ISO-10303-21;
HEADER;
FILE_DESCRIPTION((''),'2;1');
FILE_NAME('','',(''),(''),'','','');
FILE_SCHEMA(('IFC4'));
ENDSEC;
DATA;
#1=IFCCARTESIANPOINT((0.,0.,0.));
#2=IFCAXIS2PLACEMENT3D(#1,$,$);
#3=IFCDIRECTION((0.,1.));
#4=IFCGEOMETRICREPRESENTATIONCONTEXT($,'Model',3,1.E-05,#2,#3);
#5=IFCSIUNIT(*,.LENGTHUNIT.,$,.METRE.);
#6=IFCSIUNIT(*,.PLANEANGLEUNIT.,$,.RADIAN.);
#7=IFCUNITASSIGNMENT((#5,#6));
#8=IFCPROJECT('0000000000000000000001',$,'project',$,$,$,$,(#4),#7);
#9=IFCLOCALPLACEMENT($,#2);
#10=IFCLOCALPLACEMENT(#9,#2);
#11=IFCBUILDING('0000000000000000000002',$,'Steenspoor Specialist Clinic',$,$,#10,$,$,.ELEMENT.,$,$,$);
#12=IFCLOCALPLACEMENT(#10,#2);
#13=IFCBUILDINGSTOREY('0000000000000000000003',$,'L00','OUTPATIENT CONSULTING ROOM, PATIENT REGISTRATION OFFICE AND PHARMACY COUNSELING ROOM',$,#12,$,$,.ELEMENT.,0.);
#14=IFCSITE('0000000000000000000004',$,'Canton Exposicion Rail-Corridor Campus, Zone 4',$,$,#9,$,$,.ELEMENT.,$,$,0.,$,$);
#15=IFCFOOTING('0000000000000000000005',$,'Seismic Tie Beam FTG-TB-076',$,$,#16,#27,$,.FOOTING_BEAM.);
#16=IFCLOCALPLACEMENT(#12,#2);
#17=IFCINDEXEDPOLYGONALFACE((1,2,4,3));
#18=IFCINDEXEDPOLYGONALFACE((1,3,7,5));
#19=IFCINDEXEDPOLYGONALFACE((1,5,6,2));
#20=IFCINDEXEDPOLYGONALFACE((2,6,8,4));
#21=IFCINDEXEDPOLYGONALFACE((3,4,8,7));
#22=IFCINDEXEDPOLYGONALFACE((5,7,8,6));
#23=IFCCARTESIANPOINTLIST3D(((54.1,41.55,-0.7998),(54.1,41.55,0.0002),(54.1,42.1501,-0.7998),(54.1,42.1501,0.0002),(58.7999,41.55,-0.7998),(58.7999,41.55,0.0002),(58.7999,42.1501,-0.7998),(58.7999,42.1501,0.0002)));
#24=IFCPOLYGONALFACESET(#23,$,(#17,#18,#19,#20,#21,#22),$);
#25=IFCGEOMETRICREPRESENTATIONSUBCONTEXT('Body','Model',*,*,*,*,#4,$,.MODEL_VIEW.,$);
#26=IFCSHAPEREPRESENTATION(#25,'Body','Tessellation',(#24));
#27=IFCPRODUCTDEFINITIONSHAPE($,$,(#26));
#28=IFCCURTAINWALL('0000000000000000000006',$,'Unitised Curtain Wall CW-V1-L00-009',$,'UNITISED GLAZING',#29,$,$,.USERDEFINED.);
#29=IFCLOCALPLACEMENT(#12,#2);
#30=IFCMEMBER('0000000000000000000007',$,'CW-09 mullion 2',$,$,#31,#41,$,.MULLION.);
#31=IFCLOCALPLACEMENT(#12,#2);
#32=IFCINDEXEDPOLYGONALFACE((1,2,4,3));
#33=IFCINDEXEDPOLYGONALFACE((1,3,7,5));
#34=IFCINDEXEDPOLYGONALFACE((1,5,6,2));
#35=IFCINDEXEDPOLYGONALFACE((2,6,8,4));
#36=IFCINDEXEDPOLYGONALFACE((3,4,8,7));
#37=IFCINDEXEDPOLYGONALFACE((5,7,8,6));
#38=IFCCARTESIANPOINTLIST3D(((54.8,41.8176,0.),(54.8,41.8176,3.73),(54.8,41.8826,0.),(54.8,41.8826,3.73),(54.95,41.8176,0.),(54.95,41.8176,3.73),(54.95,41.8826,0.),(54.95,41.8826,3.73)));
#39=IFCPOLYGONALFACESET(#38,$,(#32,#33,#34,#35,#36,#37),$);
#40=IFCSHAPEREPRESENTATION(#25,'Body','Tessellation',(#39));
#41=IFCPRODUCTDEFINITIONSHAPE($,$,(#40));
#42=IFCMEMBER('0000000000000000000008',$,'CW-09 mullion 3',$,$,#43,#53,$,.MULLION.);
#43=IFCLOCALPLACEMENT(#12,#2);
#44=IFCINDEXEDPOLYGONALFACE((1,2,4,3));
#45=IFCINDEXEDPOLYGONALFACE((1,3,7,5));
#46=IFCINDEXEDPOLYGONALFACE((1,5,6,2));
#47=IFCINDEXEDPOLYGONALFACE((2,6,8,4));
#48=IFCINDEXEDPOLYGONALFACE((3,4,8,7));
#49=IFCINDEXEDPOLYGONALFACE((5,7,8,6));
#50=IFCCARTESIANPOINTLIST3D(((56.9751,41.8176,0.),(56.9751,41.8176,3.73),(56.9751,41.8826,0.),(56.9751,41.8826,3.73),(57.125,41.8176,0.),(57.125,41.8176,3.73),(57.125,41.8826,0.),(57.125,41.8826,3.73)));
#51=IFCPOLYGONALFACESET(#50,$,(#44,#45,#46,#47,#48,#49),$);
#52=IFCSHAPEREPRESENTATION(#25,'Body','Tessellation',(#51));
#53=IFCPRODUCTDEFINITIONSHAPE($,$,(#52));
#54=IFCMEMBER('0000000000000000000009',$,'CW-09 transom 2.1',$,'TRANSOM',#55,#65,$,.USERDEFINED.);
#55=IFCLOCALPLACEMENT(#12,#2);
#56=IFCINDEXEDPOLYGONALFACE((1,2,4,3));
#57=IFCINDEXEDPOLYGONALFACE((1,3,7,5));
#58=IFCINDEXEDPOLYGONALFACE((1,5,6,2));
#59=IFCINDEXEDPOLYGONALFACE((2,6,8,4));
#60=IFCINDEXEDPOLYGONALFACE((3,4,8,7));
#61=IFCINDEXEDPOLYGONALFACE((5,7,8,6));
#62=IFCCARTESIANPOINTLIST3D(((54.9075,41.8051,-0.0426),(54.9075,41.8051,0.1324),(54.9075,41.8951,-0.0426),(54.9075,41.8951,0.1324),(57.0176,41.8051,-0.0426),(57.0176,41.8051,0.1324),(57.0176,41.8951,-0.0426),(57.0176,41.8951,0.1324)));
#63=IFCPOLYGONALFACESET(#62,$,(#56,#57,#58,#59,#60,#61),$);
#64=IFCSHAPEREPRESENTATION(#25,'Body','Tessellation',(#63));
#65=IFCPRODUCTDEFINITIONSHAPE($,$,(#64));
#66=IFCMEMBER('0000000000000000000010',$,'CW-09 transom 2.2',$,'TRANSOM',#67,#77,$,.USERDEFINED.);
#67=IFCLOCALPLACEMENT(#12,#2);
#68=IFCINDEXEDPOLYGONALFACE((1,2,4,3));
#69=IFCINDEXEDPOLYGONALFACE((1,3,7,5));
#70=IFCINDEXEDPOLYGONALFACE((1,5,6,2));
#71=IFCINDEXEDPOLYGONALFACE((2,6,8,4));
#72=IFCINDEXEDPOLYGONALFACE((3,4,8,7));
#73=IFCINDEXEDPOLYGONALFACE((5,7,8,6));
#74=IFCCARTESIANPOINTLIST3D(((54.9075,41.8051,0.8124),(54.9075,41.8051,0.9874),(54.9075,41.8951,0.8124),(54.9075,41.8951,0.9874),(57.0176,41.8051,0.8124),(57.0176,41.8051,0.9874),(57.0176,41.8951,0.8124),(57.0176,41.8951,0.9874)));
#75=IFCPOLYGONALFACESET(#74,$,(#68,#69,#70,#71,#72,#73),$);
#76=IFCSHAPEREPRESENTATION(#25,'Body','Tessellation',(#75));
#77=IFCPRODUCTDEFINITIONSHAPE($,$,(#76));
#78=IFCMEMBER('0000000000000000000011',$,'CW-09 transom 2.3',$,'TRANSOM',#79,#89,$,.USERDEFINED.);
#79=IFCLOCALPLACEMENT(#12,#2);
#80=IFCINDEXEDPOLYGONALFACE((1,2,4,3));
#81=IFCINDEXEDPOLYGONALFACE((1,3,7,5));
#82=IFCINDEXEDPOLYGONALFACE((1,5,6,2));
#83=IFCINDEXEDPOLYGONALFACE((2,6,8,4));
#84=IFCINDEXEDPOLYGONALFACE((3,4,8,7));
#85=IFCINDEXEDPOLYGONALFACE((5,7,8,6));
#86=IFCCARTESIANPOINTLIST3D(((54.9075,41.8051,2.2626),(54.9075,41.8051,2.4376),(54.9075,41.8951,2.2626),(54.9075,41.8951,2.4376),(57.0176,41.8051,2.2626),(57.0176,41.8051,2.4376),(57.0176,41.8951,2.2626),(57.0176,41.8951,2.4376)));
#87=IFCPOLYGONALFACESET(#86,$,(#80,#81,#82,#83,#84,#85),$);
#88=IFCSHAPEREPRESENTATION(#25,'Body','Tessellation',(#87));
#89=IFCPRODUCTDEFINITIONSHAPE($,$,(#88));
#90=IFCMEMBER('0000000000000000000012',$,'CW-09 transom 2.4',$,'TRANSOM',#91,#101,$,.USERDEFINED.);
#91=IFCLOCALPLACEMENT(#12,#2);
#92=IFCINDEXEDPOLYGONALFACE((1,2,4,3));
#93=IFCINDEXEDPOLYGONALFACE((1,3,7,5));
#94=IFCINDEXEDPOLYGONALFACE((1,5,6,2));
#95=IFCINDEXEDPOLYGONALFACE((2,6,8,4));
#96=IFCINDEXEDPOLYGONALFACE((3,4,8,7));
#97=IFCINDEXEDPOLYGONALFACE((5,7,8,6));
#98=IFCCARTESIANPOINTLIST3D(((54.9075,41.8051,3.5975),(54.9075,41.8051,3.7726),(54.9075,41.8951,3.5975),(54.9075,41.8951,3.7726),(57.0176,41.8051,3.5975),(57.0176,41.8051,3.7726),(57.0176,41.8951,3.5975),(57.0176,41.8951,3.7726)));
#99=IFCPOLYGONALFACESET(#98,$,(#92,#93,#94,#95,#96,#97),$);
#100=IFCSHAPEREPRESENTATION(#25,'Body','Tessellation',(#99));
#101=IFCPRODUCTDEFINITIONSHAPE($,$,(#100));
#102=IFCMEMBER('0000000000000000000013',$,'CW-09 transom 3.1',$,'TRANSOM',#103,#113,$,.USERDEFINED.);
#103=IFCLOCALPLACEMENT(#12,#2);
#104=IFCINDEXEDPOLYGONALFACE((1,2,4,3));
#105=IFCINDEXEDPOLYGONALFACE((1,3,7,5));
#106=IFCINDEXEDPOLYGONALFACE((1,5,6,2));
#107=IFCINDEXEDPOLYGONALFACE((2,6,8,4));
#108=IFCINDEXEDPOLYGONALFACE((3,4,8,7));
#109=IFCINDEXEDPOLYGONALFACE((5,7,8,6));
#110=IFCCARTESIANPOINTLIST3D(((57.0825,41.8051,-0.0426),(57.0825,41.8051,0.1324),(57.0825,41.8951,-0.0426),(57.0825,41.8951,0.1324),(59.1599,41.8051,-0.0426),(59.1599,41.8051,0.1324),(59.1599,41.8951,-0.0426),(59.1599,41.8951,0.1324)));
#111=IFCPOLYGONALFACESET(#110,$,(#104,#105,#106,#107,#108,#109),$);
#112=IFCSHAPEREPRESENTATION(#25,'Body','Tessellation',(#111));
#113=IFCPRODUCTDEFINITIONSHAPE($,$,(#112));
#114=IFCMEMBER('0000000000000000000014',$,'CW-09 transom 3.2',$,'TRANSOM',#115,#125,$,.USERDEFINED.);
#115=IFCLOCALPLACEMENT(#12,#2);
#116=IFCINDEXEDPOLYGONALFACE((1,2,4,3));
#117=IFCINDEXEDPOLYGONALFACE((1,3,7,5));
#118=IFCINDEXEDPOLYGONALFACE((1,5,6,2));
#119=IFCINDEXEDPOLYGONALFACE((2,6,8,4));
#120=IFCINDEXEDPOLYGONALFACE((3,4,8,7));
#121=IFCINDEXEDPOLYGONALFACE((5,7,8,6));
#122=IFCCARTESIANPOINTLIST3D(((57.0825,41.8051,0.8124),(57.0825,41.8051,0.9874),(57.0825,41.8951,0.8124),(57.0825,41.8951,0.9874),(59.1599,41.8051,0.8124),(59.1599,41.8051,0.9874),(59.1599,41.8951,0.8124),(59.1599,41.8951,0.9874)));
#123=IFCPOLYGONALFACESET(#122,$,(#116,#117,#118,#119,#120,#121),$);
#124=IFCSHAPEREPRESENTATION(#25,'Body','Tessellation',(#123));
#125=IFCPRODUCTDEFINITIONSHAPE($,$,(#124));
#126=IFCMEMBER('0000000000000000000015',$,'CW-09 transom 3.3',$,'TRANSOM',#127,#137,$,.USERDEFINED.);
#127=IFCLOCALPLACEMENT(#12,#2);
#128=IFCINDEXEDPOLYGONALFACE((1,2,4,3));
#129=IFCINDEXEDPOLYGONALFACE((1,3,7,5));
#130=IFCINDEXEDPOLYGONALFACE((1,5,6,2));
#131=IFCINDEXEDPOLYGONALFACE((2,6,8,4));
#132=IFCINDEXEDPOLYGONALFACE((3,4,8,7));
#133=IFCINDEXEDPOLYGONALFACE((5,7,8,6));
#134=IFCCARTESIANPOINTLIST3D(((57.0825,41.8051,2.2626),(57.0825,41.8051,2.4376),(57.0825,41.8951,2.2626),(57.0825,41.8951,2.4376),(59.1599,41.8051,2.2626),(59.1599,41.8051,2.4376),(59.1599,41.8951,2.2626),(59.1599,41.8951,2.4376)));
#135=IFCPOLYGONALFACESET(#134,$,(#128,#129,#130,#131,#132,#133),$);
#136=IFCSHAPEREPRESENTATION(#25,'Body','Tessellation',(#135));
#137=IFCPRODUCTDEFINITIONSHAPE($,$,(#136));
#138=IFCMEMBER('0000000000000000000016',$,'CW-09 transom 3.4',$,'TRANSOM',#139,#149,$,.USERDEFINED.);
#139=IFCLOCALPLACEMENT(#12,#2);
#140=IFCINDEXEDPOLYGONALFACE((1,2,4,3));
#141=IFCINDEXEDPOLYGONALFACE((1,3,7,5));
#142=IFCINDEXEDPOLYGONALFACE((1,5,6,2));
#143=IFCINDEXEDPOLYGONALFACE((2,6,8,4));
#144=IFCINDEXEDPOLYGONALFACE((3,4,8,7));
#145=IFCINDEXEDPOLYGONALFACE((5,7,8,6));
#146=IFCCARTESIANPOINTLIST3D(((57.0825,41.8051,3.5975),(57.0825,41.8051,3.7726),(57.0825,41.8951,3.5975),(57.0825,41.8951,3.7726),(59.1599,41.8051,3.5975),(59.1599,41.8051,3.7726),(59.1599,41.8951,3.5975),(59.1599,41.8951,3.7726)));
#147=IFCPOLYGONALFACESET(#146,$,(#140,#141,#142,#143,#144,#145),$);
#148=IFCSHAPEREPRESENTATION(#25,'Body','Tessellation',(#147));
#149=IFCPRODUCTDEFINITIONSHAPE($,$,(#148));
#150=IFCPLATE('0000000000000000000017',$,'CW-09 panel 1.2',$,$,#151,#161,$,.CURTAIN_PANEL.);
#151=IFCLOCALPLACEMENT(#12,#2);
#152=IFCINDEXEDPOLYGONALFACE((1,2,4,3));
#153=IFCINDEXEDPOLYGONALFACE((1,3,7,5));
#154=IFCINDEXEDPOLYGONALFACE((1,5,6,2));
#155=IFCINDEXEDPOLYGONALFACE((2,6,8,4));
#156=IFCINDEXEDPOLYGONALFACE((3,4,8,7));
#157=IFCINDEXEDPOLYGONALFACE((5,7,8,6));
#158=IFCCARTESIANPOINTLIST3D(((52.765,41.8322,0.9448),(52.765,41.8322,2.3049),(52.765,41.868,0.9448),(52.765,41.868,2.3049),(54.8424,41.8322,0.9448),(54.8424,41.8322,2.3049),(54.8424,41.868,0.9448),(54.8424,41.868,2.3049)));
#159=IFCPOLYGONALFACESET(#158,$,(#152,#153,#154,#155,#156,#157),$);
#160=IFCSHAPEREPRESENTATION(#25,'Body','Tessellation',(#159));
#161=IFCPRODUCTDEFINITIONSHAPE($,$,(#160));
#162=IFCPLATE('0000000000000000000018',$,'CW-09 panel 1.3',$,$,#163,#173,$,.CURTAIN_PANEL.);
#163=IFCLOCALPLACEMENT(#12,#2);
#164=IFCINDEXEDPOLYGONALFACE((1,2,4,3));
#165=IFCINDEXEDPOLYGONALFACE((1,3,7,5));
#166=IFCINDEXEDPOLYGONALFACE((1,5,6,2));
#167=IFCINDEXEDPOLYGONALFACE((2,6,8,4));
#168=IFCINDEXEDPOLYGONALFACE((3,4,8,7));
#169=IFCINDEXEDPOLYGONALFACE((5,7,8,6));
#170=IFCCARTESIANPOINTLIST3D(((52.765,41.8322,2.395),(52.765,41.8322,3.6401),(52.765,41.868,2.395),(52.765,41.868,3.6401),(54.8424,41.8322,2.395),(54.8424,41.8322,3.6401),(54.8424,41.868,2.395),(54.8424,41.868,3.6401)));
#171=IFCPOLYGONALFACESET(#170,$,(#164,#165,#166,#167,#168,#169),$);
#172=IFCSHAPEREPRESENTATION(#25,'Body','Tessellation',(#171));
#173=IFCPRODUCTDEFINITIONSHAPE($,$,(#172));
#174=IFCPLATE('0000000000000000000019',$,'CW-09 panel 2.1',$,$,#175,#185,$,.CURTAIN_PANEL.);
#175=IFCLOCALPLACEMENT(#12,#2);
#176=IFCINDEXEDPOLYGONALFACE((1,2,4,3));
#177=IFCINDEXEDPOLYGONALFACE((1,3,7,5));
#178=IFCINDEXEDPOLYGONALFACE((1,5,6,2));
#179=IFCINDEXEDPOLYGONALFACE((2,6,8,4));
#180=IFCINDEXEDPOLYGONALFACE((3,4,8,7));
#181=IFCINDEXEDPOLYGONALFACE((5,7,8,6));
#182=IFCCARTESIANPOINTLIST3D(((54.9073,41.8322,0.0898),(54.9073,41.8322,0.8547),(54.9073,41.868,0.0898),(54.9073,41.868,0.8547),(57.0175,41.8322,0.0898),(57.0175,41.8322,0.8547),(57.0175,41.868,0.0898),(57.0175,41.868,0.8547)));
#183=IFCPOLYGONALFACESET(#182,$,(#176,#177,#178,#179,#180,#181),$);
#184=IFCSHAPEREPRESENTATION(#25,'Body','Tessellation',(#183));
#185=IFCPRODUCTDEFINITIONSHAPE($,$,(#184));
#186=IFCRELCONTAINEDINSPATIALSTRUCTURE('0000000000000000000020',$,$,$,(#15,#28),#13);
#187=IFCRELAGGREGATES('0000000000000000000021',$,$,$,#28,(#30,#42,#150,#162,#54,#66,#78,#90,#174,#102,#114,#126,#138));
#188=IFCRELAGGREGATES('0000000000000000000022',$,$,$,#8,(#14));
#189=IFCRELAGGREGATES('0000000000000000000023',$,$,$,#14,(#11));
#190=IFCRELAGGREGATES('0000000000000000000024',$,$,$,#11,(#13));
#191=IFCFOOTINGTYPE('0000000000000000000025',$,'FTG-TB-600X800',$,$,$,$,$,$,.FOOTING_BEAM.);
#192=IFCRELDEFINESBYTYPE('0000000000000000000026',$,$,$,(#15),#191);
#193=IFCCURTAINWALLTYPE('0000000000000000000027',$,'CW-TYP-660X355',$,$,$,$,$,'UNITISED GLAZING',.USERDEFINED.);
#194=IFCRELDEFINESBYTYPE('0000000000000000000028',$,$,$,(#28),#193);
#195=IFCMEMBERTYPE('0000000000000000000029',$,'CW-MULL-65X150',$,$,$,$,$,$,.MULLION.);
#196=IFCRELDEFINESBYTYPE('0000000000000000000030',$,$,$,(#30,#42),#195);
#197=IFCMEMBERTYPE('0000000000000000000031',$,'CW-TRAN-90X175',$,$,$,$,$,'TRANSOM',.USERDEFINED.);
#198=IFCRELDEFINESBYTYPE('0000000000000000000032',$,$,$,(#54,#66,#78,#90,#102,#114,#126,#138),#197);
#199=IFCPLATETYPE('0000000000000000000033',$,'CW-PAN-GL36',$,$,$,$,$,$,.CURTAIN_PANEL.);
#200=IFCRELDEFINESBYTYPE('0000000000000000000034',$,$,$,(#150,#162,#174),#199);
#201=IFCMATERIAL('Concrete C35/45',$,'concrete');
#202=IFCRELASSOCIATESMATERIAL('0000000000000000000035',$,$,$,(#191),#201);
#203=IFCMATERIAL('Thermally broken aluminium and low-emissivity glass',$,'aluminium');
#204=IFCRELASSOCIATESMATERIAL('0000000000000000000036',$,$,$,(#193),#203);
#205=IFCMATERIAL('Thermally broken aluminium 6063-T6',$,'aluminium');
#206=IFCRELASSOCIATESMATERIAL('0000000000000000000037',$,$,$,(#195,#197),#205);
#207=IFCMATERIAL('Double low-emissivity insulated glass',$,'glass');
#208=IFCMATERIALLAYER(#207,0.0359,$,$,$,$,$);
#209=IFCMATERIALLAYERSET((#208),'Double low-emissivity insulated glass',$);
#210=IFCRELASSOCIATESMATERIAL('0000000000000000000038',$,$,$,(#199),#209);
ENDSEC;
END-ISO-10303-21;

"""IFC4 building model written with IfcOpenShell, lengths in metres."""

from ifc_helpers import new_model, si_unit, direction, frame, origin, origin_2d, place, context, subcontext, project, spatial, rectangle, extrude, material, layer, layer_set, material_profile, profile_set, type_object, element, aggregate, save


model = new_model("IFC4")

# Units and contexts
model_context = context("Model", 3, precision=1e-05, world=origin(), true_north=direction((0.0, 1.0)))
body_context = subcontext(model_context, "Body", "Model", "MODEL_VIEW")
ifc_project = project(units=[si_unit("LENGTHUNIT", "METRE"), si_unit("PLANEANGLEUNIT", "RADIAN")], contexts=[model_context])

# Site, building, storey
site_placement = place(None, origin())
site = spatial("IfcSite", under=ifc_project, at=site_placement, Name="Canton Exposicion Rail-Corridor Campus, Zone 4", CompositionType="ELEMENT", RefElevation=0.0)
building_placement = place(site_placement, origin())
building = spatial("IfcBuilding", under=site, at=building_placement, Name="Steenspoor Specialist Clinic", CompositionType="ELEMENT")
storey_placement = place(building_placement, origin())
storey = spatial("IfcBuildingStorey", under=building, at=storey_placement, Name="L00", Description="OUTPATIENT CONSULTING ROOM, PATIENT REGISTRATION OFFICE AND PHARMACY COUNSELING ROOM", CompositionType="ELEMENT", Elevation=0.0)

# Footing
ifc_material_1 = material(Name="Concrete C35/45", Category="concrete")
footing_type = type_object("IfcFootingType", Name="FTG-TB-600X800", PredefinedType="FOOTING_BEAM", material=ifc_material_1)
footing_placement = place(storey_placement, frame((56.45, 41.8501, -0.7998), z_axis=(0.0, 0.0, 1.0), x_axis=(1.0, 0.0, 0.0)))
element("IfcFooting", 1, at=footing_placement, inside=storey, type_object=footing_type, Name="Seismic Tie Beam FTG-TB-076", PredefinedType="FOOTING_BEAM", context=body_context, shape_type="SweptSolid", body=[
    extrude(rectangle(XDim=4.7, YDim=0.6001, at=origin_2d()), origin(), (0.0, 0.0, 1.0), 0.8),
])

# Curtain wall, members, plates
ifc_material_2 = material(Name="Thermally broken aluminium and low-emissivity glass", Category="aluminium")
curtain_wall_type = type_object("IfcCurtainWallType", Name="CW-TYP-660X355", ElementType="UNITISED GLAZING", PredefinedType="USERDEFINED", material=ifc_material_2)
curtain_wall_placement = place(storey_placement, origin())
curtain_wall = element("IfcCurtainWall", 2, at=curtain_wall_placement, inside=storey, type_object=curtain_wall_type, Name="Unitised Curtain Wall CW-V1-L00-009", ObjectType="UNITISED GLAZING", PredefinedType="USERDEFINED")
ifc_material_3 = material(Name="Thermally broken aluminium 6063-T6", Category="aluminium")
ifc_material_profile_1 = material_profile(ifc_material_3, rectangle(XDim=0.0649, YDim=0.1499, at=origin_2d()), Name="CWM-65X150")
ifc_profile_set_1 = profile_set([ifc_material_profile_1], Name="Thermally broken aluminium 6063-T6")
member_type_1 = type_object("IfcMemberType", Name="CW-MULL-65X150", PredefinedType="MULLION", material=ifc_profile_set_1)
member_1_placement = place(storey_placement, frame((54.875, 41.8501, 0.0), z_axis=(0.0, 0.0, 1.0), x_axis=(0.0, 1.0, 0.0)))
member_1 = element("IfcMember", 3, at=member_1_placement, type_object=member_type_1, Name="CW-09 mullion 2", PredefinedType="MULLION", context=body_context, shape_type="SweptSolid", body=[
    extrude(rectangle(XDim=0.0649, YDim=0.1499, at=origin_2d()), origin(), (0.0, 0.0, 1.0), 3.73),
])
member_2_placement = place(storey_placement, frame((57.05, 41.8501, 0.0), z_axis=(0.0, 0.0, 1.0), x_axis=(0.0, 1.0, 0.0)))
member_2 = element("IfcMember", 4, at=member_2_placement, type_object=member_type_1, Name="CW-09 mullion 3", PredefinedType="MULLION", context=body_context, shape_type="SweptSolid", body=[
    extrude(rectangle(XDim=0.0649, YDim=0.1499, at=origin_2d()), origin(), (0.0, 0.0, 1.0), 3.73),
])
ifc_material_profile_2 = material_profile(ifc_material_3, rectangle(XDim=0.0901, YDim=0.175, at=origin_2d()), Name="CWT-90X175")
ifc_profile_set_2 = profile_set([ifc_material_profile_2], Name="Thermally broken aluminium 6063-T6")
member_type_2 = type_object("IfcMemberType", Name="CW-TRAN-90X175", ElementType="TRANSOM", PredefinedType="USERDEFINED", material=ifc_profile_set_2)
member_3_placement = place(storey_placement, frame((54.9075, 41.8501, 0.0449), z_axis=(1.0, 0.0, 0.0), x_axis=(0.0, 1.0, 0.0)))
member_3 = element("IfcMember", 5, at=member_3_placement, type_object=member_type_2, Name="CW-09 transom 2.1", ObjectType="TRANSOM", PredefinedType="USERDEFINED", context=body_context, shape_type="SweptSolid", body=[
    extrude(rectangle(XDim=0.0901, YDim=0.175, at=origin_2d()), origin(), (0.0, 0.0, 1.0), 2.1101),
])
member_4_placement = place(storey_placement, frame((54.9075, 41.8501, 0.8999), z_axis=(1.0, 0.0, 0.0), x_axis=(0.0, 1.0, 0.0)))
member_4 = element("IfcMember", 6, at=member_4_placement, type_object=member_type_2, Name="CW-09 transom 2.2", ObjectType="TRANSOM", PredefinedType="USERDEFINED", context=body_context, shape_type="SweptSolid", body=[
    extrude(rectangle(XDim=0.0901, YDim=0.175, at=origin_2d()), origin(), (0.0, 0.0, 1.0), 2.1101),
])
member_5_placement = place(storey_placement, frame((54.9075, 41.8501, 2.3501), z_axis=(1.0, 0.0, 0.0), x_axis=(0.0, 1.0, 0.0)))
member_5 = element("IfcMember", 7, at=member_5_placement, type_object=member_type_2, Name="CW-09 transom 2.3", ObjectType="TRANSOM", PredefinedType="USERDEFINED", context=body_context, shape_type="SweptSolid", body=[
    extrude(rectangle(XDim=0.0901, YDim=0.175, at=origin_2d()), origin(), (0.0, 0.0, 1.0), 2.1101),
])
member_6_placement = place(storey_placement, frame((54.9075, 41.8501, 3.6851), z_axis=(1.0, 0.0, 0.0), x_axis=(0.0, 1.0, 0.0)))
member_6 = element("IfcMember", 8, at=member_6_placement, type_object=member_type_2, Name="CW-09 transom 2.4", ObjectType="TRANSOM", PredefinedType="USERDEFINED", context=body_context, shape_type="SweptSolid", body=[
    extrude(rectangle(XDim=0.0901, YDim=0.175, at=origin_2d()), origin(), (0.0, 0.0, 1.0), 2.1101),
])
member_7_placement = place(storey_placement, frame((57.0825, 41.8501, 0.0449), z_axis=(1.0, 0.0, 0.0), x_axis=(0.0, 1.0, 0.0)))
member_7 = element("IfcMember", 9, at=member_7_placement, type_object=member_type_2, Name="CW-09 transom 3.1", ObjectType="TRANSOM", PredefinedType="USERDEFINED", context=body_context, shape_type="SweptSolid", body=[
    extrude(rectangle(XDim=0.0901, YDim=0.175, at=origin_2d()), origin(), (0.0, 0.0, 1.0), 2.0774),
])
member_8_placement = place(storey_placement, frame((57.0825, 41.8501, 0.8999), z_axis=(1.0, 0.0, 0.0), x_axis=(0.0, 1.0, 0.0)))
member_8 = element("IfcMember", 10, at=member_8_placement, type_object=member_type_2, Name="CW-09 transom 3.2", ObjectType="TRANSOM", PredefinedType="USERDEFINED", context=body_context, shape_type="SweptSolid", body=[
    extrude(rectangle(XDim=0.0901, YDim=0.175, at=origin_2d()), origin(), (0.0, 0.0, 1.0), 2.0774),
])
member_9_placement = place(storey_placement, frame((57.0825, 41.8501, 2.3501), z_axis=(1.0, 0.0, 0.0), x_axis=(0.0, 1.0, 0.0)))
member_9 = element("IfcMember", 11, at=member_9_placement, type_object=member_type_2, Name="CW-09 transom 3.3", ObjectType="TRANSOM", PredefinedType="USERDEFINED", context=body_context, shape_type="SweptSolid", body=[
    extrude(rectangle(XDim=0.0901, YDim=0.175, at=origin_2d()), origin(), (0.0, 0.0, 1.0), 2.0774),
])
member_10_placement = place(storey_placement, frame((57.0825, 41.8501, 3.6851), z_axis=(1.0, 0.0, 0.0), x_axis=(0.0, 1.0, 0.0)))
member_10 = element("IfcMember", 12, at=member_10_placement, type_object=member_type_2, Name="CW-09 transom 3.4", ObjectType="TRANSOM", PredefinedType="USERDEFINED", context=body_context, shape_type="SweptSolid", body=[
    extrude(rectangle(XDim=0.0901, YDim=0.175, at=origin_2d()), origin(), (0.0, 0.0, 1.0), 2.0774),
])
ifc_material_4 = material(Name="Double low-emissivity insulated glass", Category="glass")
ifc_layer_1 = layer(ifc_material_4, 0.0359)
ifc_layer_set_1 = layer_set([ifc_layer_1], Name="Double low-emissivity insulated glass")
plate_type = type_object("IfcPlateType", Name="CW-PAN-GL36", PredefinedType="CURTAIN_PANEL", material=ifc_layer_set_1)
plate_1_placement = place(storey_placement, frame((53.8037, 41.8501, 0.9448), z_axis=(0.0, 0.0, 1.0), x_axis=(1.0, 0.0, 0.0)))
plate_1 = element("IfcPlate", 13, at=plate_1_placement, type_object=plate_type, Name="CW-09 panel 1.2", PredefinedType="CURTAIN_PANEL", context=body_context, shape_type="SweptSolid", body=[
    extrude(rectangle(XDim=2.0774, YDim=0.0359, at=origin_2d()), origin(), (0.0, 0.0, 1.0), 1.3601),
])
plate_2_placement = place(storey_placement, frame((53.8037, 41.8501, 2.395), z_axis=(0.0, 0.0, 1.0), x_axis=(1.0, 0.0, 0.0)))
plate_2 = element("IfcPlate", 14, at=plate_2_placement, type_object=plate_type, Name="CW-09 panel 1.3", PredefinedType="CURTAIN_PANEL", context=body_context, shape_type="SweptSolid", body=[
    extrude(rectangle(XDim=2.0774, YDim=0.0359, at=origin_2d()), origin(), (0.0, 0.0, 1.0), 1.2451),
])
plate_3_placement = place(storey_placement, frame((55.9624, 41.8501, 0.0898), z_axis=(0.0, 0.0, 1.0), x_axis=(1.0, 0.0, 0.0)))
plate_3 = element("IfcPlate", 15, at=plate_3_placement, type_object=plate_type, Name="CW-09 panel 2.1", PredefinedType="CURTAIN_PANEL", context=body_context, shape_type="SweptSolid", body=[
    extrude(rectangle(XDim=2.1101, YDim=0.0359, at=origin_2d()), origin(), (0.0, 0.0, 1.0), 0.7649),
])
aggregate(curtain_wall, [member_1, member_2, plate_1, plate_2, member_3, member_4, member_5, member_6, plate_3, member_7, member_8, member_9, member_10])

save(model, "model.ifc")
